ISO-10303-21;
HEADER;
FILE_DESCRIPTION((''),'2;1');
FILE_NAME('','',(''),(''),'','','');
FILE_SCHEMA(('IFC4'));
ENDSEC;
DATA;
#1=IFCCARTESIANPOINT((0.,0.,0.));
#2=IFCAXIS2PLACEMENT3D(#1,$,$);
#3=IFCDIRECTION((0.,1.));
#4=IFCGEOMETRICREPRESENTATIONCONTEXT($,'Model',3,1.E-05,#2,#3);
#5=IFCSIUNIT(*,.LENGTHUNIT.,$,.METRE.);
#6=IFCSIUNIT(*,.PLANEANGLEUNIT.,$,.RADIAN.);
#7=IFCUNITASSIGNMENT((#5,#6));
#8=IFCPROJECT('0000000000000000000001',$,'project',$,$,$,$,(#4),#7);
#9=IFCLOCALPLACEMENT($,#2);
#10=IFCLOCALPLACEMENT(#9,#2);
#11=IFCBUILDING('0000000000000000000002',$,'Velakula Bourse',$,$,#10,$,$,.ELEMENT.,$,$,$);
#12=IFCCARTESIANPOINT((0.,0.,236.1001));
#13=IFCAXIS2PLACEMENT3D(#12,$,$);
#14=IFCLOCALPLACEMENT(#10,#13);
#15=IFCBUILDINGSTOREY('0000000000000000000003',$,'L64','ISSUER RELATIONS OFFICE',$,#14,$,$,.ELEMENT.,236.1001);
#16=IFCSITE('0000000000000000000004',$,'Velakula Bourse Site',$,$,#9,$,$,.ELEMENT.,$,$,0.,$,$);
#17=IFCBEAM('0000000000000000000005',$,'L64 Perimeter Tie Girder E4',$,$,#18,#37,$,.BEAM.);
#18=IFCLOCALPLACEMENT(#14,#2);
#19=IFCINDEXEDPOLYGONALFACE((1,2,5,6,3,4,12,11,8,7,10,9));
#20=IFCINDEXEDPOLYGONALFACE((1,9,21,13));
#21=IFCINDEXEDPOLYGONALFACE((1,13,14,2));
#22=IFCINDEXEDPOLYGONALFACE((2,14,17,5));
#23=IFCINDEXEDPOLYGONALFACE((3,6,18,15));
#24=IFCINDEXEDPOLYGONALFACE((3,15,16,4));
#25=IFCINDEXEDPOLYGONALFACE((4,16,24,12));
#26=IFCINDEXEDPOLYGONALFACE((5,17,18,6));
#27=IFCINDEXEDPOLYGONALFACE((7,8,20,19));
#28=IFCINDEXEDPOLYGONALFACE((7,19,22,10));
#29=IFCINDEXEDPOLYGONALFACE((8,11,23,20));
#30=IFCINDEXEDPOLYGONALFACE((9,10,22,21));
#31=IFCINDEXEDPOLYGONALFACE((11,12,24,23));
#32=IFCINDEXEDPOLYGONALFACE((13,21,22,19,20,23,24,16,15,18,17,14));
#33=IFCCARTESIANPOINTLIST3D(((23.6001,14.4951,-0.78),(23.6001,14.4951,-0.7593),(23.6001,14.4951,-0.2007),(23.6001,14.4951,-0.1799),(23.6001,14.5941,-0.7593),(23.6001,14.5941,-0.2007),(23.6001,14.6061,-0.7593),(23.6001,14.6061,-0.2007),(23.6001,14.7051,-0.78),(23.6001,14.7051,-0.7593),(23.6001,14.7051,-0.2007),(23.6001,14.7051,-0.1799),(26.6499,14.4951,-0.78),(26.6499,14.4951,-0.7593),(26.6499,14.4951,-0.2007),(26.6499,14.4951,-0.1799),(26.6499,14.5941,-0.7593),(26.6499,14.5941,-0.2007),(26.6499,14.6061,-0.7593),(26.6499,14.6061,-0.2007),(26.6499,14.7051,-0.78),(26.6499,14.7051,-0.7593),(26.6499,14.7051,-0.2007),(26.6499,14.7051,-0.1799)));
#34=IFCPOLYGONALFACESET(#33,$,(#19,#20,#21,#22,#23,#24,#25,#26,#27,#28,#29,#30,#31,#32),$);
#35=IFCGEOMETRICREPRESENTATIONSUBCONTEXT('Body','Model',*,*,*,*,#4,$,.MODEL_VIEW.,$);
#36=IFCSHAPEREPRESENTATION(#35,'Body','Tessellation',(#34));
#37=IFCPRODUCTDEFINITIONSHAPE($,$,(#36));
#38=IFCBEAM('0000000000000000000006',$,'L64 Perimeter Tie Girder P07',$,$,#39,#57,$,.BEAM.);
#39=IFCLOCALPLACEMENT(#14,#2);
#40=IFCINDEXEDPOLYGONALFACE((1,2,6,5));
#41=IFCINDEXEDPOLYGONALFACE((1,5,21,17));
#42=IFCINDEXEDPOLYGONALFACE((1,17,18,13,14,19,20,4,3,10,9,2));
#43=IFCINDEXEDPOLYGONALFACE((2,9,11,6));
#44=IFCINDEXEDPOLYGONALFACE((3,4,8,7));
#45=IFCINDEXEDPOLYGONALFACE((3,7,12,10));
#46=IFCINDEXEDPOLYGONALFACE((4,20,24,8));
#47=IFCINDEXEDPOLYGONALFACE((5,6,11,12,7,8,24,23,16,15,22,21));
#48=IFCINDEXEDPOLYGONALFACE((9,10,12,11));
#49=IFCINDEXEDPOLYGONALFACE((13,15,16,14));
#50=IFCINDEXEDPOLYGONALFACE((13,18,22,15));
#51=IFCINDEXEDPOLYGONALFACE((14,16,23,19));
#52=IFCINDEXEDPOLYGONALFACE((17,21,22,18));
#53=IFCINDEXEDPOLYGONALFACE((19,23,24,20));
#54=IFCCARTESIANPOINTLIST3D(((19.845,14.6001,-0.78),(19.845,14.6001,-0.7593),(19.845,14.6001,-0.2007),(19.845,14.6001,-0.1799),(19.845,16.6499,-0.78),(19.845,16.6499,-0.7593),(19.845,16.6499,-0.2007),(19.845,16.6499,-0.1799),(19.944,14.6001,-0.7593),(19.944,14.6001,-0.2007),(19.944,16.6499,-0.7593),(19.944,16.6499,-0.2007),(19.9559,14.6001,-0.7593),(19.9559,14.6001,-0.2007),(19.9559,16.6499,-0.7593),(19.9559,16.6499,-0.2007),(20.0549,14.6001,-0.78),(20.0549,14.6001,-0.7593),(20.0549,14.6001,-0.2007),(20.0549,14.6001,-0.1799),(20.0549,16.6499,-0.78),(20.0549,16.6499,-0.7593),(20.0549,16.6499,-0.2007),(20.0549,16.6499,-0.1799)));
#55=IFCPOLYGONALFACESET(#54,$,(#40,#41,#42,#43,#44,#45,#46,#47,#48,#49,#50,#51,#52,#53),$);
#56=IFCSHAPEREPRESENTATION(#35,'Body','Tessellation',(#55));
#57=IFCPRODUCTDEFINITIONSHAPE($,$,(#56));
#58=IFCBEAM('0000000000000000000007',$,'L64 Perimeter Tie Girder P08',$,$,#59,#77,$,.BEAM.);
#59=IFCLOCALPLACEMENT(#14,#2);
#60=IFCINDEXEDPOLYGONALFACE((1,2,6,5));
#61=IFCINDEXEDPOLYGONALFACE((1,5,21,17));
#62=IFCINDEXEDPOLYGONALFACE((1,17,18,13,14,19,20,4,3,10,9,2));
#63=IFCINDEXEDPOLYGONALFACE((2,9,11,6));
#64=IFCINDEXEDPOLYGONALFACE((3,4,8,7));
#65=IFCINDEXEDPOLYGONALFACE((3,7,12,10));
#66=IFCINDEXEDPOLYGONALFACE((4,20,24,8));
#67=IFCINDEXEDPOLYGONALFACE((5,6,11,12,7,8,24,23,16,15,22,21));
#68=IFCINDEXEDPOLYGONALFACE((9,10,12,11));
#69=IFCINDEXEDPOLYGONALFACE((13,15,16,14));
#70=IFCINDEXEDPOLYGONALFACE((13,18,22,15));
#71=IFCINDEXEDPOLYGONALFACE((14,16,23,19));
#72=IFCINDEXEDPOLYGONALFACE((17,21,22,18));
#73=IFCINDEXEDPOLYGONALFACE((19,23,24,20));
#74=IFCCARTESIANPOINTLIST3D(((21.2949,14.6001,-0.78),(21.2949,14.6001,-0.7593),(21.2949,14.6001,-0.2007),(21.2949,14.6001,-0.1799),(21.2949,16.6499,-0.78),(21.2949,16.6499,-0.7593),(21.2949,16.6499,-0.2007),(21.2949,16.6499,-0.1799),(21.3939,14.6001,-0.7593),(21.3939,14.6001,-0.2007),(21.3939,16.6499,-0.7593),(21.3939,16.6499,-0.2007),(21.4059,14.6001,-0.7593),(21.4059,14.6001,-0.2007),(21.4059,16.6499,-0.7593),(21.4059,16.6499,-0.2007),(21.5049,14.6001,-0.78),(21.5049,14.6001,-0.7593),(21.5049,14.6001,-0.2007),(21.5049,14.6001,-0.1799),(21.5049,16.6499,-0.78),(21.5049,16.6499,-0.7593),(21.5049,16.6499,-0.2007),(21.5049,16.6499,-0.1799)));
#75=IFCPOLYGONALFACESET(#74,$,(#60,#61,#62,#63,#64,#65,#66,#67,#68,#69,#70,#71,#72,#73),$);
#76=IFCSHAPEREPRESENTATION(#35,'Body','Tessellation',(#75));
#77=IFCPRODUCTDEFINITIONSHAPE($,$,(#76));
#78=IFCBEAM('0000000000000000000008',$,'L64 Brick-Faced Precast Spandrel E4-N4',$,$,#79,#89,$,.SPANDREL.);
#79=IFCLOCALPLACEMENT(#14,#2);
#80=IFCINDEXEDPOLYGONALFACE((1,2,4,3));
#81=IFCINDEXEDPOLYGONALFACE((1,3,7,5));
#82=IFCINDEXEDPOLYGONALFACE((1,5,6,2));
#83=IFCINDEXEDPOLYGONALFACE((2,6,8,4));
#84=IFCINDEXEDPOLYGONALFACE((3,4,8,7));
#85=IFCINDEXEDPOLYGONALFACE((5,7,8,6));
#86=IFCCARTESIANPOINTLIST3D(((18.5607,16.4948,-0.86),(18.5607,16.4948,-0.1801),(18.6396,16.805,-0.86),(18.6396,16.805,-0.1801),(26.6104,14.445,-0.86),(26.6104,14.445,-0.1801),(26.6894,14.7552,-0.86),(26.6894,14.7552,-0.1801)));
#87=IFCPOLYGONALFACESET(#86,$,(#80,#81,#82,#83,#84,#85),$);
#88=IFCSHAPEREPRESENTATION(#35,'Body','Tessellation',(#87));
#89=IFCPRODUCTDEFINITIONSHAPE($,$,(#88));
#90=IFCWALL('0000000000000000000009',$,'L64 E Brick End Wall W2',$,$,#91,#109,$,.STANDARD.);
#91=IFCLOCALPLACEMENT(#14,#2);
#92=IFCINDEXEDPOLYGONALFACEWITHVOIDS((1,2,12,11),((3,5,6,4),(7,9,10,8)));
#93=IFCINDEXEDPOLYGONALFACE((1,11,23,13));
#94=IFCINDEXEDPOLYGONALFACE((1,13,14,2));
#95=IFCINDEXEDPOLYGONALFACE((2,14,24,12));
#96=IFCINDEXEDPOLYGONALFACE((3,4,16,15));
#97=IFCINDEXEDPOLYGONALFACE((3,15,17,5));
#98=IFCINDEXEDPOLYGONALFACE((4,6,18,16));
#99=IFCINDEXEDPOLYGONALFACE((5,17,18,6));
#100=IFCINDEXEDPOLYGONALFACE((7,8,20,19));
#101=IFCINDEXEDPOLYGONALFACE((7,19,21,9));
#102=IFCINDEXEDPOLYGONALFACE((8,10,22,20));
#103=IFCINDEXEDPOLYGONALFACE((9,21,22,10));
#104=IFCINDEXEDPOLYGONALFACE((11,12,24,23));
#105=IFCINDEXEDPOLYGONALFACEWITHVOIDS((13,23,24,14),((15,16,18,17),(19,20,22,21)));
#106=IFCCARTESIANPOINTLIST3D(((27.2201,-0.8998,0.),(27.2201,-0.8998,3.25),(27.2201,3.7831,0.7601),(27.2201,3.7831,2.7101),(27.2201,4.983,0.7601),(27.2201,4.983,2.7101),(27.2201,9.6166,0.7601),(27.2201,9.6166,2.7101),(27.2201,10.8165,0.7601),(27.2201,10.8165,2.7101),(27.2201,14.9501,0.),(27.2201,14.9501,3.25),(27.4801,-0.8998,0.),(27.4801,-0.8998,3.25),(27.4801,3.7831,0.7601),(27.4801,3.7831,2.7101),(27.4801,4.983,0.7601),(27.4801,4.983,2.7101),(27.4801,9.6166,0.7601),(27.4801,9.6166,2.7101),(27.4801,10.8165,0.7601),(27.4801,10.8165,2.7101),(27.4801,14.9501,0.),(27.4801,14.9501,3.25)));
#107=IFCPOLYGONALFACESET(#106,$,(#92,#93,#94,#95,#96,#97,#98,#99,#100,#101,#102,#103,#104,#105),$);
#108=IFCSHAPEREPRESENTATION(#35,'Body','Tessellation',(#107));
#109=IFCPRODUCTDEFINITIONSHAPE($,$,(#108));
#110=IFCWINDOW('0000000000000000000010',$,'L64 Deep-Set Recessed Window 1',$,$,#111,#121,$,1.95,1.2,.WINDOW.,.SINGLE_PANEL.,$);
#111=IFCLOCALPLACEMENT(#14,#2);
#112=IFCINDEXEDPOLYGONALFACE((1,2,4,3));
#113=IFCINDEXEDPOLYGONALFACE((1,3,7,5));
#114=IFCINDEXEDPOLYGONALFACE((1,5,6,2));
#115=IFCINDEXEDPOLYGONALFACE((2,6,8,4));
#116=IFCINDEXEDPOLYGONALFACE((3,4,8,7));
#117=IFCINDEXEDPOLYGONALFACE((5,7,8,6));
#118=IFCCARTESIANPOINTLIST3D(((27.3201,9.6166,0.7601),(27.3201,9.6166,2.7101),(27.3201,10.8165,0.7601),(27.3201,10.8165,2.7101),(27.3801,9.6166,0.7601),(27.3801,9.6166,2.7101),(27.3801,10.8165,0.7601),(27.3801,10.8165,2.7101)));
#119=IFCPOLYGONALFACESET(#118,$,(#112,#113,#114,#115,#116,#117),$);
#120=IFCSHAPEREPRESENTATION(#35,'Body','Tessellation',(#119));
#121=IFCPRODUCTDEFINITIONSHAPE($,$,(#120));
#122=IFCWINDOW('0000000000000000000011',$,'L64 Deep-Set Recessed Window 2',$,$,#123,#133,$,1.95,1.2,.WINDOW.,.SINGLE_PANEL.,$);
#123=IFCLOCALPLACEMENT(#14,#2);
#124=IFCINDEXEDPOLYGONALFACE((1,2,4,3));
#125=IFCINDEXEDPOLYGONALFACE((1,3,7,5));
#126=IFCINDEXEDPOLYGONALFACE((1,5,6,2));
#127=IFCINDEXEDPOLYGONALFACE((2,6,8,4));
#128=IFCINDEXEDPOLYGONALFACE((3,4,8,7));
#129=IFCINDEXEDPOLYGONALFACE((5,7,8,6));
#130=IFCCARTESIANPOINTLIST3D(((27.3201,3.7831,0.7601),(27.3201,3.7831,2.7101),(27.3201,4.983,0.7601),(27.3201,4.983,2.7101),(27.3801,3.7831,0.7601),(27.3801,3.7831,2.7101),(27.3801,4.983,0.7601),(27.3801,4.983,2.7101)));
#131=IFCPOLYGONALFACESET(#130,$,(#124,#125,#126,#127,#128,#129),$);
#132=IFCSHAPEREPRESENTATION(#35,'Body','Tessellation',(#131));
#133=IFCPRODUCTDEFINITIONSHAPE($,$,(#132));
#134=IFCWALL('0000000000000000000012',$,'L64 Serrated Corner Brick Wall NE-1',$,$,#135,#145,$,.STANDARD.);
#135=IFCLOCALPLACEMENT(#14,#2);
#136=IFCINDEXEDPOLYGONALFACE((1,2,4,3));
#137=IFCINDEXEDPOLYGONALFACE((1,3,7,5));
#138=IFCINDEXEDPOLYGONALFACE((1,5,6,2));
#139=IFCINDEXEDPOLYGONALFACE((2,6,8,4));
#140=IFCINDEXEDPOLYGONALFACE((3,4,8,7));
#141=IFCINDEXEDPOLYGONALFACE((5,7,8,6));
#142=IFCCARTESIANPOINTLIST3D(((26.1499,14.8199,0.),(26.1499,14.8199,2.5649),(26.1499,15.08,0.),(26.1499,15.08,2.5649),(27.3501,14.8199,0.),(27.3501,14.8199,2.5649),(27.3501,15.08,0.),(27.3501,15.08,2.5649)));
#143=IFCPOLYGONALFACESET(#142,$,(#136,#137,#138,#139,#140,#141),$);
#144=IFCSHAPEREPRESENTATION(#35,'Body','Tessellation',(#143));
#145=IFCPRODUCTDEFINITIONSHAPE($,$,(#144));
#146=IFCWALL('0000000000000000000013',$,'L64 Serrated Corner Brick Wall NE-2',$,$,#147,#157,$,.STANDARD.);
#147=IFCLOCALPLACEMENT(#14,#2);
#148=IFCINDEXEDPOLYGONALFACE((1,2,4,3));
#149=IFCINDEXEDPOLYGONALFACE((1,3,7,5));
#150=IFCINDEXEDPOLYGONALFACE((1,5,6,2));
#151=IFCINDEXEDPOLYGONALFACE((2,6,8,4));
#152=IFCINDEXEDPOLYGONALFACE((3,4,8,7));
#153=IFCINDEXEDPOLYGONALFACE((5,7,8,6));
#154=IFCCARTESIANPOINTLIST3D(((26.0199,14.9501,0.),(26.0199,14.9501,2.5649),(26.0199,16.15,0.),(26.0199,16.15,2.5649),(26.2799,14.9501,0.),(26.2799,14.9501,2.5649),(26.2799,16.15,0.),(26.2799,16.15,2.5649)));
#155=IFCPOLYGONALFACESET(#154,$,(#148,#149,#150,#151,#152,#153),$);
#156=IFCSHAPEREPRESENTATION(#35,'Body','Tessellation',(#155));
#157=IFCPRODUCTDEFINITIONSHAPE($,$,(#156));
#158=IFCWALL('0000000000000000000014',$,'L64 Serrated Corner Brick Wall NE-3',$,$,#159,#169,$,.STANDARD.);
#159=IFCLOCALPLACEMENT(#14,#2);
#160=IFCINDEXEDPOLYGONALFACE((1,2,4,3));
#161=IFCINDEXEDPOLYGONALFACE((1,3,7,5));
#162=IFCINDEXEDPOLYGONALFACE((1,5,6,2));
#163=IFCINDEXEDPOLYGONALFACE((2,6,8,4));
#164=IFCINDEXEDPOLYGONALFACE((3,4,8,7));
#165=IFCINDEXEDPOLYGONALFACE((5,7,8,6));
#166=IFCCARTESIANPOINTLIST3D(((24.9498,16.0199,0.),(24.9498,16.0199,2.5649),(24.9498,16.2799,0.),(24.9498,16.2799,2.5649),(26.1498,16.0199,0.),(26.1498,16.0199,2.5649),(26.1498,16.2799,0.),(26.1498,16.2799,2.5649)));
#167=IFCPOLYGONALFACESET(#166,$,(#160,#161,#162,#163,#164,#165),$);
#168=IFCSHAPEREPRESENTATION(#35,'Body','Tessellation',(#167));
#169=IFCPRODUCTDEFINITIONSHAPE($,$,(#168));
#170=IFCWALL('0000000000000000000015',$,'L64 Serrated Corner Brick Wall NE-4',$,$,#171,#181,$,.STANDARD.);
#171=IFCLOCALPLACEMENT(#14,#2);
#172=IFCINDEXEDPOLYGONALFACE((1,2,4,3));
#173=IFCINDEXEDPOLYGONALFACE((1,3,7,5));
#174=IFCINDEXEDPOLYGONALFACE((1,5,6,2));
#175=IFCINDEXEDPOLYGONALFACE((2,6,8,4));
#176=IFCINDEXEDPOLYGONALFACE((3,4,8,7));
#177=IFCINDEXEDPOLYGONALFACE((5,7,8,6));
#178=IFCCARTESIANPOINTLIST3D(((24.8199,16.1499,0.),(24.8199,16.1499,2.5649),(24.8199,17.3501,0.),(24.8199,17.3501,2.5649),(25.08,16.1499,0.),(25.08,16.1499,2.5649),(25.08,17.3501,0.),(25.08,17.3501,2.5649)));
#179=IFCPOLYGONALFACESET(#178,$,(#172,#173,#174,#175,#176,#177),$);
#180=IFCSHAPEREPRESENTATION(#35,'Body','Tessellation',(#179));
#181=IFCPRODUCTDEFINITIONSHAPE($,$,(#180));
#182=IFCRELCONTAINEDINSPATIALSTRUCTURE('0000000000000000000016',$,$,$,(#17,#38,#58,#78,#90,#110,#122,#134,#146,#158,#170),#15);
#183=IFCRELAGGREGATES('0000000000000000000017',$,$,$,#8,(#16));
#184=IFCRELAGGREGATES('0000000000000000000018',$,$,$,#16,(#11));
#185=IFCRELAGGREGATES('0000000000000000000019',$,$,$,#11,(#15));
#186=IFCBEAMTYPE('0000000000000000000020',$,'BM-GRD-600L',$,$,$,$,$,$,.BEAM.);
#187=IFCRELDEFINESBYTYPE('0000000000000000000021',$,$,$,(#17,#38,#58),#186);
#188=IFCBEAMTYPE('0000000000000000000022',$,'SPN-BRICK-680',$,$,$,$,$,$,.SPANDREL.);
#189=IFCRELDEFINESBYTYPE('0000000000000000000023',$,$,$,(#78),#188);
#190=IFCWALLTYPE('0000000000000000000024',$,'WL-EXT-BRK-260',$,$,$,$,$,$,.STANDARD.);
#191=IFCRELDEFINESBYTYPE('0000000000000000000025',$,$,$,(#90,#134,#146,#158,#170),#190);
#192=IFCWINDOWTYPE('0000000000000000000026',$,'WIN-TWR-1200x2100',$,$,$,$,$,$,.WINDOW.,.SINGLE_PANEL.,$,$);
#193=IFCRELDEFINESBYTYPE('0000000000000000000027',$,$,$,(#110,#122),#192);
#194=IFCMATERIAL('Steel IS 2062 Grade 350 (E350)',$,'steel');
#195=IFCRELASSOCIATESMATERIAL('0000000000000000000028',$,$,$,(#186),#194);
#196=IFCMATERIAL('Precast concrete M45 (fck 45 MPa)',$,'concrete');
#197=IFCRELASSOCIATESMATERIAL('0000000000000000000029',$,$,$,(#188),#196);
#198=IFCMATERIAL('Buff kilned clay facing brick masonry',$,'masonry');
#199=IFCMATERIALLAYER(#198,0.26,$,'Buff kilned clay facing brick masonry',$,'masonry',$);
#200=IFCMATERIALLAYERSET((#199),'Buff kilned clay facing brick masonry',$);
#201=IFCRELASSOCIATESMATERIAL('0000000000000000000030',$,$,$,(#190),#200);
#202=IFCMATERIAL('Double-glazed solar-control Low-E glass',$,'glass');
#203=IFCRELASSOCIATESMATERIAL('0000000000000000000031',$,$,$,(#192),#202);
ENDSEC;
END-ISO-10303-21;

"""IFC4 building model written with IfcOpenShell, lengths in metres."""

from ifc_helpers import new_model, si_unit, direction, frame, frame_2d, origin, origin_2d, place, context, subcontext, project, spatial, rectangle, i_section, extrude, material, layer, layer_set, material_profile, profile_set, type_object, element, fill, save


model = new_model("IFC4")

# Units and contexts
model_context = context("Model", 3, precision=1e-05, world=origin(), true_north=direction((0.0, 1.0)))
body_context = subcontext(model_context, "Body", "Model", "MODEL_VIEW")
ifc_project = project(units=[si_unit("LENGTHUNIT", "METRE"), si_unit("PLANEANGLEUNIT", "RADIAN")], contexts=[model_context])

# Site, building, storey
site_placement = place(None, origin())
site = spatial("IfcSite", under=ifc_project, at=site_placement, Name="Velakula Bourse Site", CompositionType="ELEMENT", RefElevation=0.0)
building_placement = place(site_placement, origin())
building = spatial("IfcBuilding", under=site, at=building_placement, Name="Velakula Bourse", CompositionType="ELEMENT")
storey_placement = place(building_placement, frame((0.0, 0.0, 236.1001)))
storey = spatial("IfcBuildingStorey", under=building, at=storey_placement, Name="L64", Description="ISSUER RELATIONS OFFICE", CompositionType="ELEMENT", Elevation=236.1001)

# Shared definitions
ifc_material_1 = material(Name="Steel IS 2062 Grade 350 (E350)", Category="steel")
ifc_material_2 = material(Name="Precast concrete M45 (fck 45 MPa)", Category="concrete")

# Beams
ifc_material_profile_1 = material_profile(ifc_material_1, i_section(OverallWidth=0.21, OverallDepth=0.6001, WebThickness=0.012, FlangeThickness=0.0208, at=origin_2d()), Name="Steel IS 2062 Grade 350 (E350)")
ifc_profile_set_1 = profile_set([ifc_material_profile_1], Name="Steel IS 2062 Grade 350 (E350)")
beam_type_1 = type_object("IfcBeamType", Name="BM-GRD-600L", PredefinedType="BEAM", material=ifc_profile_set_1)
beam_1_placement = place(storey_placement, frame((23.6001, 14.6001, -0.48), z_axis=(1.0, 0.0, 0.0), x_axis=(0.0, 1.0, 0.0)))
element("IfcBeam", 1, at=beam_1_placement, inside=storey, type_object=beam_type_1, Name="L64 Perimeter Tie Girder E4", PredefinedType="BEAM", context=body_context, shape_type="SweptSolid", body=[
    extrude(i_section(OverallWidth=0.21, OverallDepth=0.6001, WebThickness=0.012, FlangeThickness=0.0208, at=origin_2d()), origin(), (0.0, 0.0, 1.0), 3.0498),
])
for number, where, z_axis, x_axis, name in (
    (2, (19.95, 14.6001, -0.48), (0.0, 1.0, 0.0), (-1.0, 0.0, 0.0), "L64 Perimeter Tie Girder P07"),
    (3, (21.3999, 14.6001, -0.48), (0.0, 1.0, 0.0), (-1.0, 0.0, 0.0), "L64 Perimeter Tie Girder P08"),
):
    element("IfcBeam", number, at=place(storey_placement, frame(where, z_axis=z_axis, x_axis=x_axis)), inside=storey, type_object=beam_type_1, Name=name, PredefinedType="BEAM", context=body_context, shape_type="SweptSolid", body=[
        extrude(i_section(OverallWidth=0.21, OverallDepth=0.6001, WebThickness=0.012, FlangeThickness=0.0208, at=origin_2d()), origin(), (0.0, 0.0, 1.0), 2.0498),
    ])
ifc_material_profile_2 = material_profile(ifc_material_2, rectangle(XDim=0.3201, YDim=0.6799, at=origin_2d()), Name="Precast concrete M45 (fck 45 MPa)")
ifc_profile_set_2 = profile_set([ifc_material_profile_2], Name="Precast concrete M45 (fck 45 MPa)")
beam_type_2 = type_object("IfcBeamType", Name="SPN-BRICK-680", PredefinedType="SPANDREL", material=ifc_profile_set_2)
beam_2_placement = place(storey_placement, frame((26.6499, 14.6001, -0.52), z_axis=(-0.969075, 0.246766, 0.0), x_axis=(-0.246766, -0.969075, 0.0)))
element("IfcBeam", 4, at=beam_2_placement, inside=storey, type_object=beam_type_2, Name="L64 Brick-Faced Precast Spandrel E4-N4", PredefinedType="SPANDREL", context=body_context, shape_type="SweptSolid", body=[
    extrude(rectangle(XDim=0.3201, YDim=0.6799, at=origin_2d()), origin(), (0.0, 0.0, 1.0), 8.3066),
])

# Wall, openings, windows
ifc_material_3 = material(Name="Buff kilned clay facing brick masonry", Category="masonry")
ifc_layer_1 = layer(ifc_material_3, 0.26, Name="Buff kilned clay facing brick masonry", Category="masonry")
ifc_layer_set_1 = layer_set([ifc_layer_1], Name="Buff kilned clay facing brick masonry")
wall_type_1 = type_object("IfcWallType", Name="WL-EXT-BRK-260", PredefinedType="STANDARD", material=ifc_layer_set_1)
wall_1_placement = place(storey_placement, frame((27.3501, 14.95, 0.0), z_axis=(0.0, 0.0, 1.0), x_axis=(0.0, -1.0, 0.0)))
wall_1 = element("IfcWall", 5, at=wall_1_placement, inside=storey, type_object=wall_type_1, Name="L64 E Brick End Wall W2", PredefinedType="STANDARD", context=body_context, shape_type="SweptSolid", body=[
    extrude(rectangle(XDim=15.8499, YDim=0.26, at=frame_2d((7.9248, 0.0))), origin(), (0.0, 0.0, 1.0), 3.25),
])
opening_1_placement = place(wall_1_placement, frame((4.1333, 0.0, 0.76)))
opening_1 = element("IfcOpeningElement", 6, at=opening_1_placement, cuts=wall_1, PredefinedType="OPENING", context=body_context, shape_type="SweptSolid", body=[
    extrude(rectangle(XDim=1.2, YDim=1.95, at=frame_2d((0.6001, 0.9751))), frame((0.0, 0.1399, 0.0), z_axis=(0.0, -1.0, 0.0), x_axis=(1.0, 0.0, 0.0)), (0.0, 0.0, 1.0), 0.28),
])
opening_2_placement = place(wall_1_placement, frame((9.9668, 0.0, 0.76)))
opening_2 = element("IfcOpeningElement", 7, at=opening_2_placement, cuts=wall_1, PredefinedType="OPENING", context=body_context, shape_type="SweptSolid", body=[
    extrude(rectangle(XDim=1.2, YDim=1.95, at=frame_2d((0.6001, 0.9751))), frame((0.0, 0.1399, 0.0), z_axis=(0.0, -1.0, 0.0), x_axis=(1.0, 0.0, 0.0)), (0.0, 0.0, 1.0), 0.28),
])
ifc_material_4 = material(Name="Double-glazed solar-control Low-E glass", Category="glass")
window_type = type_object("IfcWindowType", Name="WIN-TWR-1200x2100", PartitioningType="SINGLE_PANEL", PredefinedType="WINDOW", material=ifc_material_4)
window_1_placement = place(opening_1_placement, origin())
window_1 = element("IfcWindow", 8, at=window_1_placement, inside=storey, type_object=window_type, Name="L64 Deep-Set Recessed Window 1", OverallHeight=1.95, OverallWidth=1.2, PartitioningType="SINGLE_PANEL", PredefinedType="WINDOW", context=body_context, shape_type="SweptSolid", body=[
    extrude(rectangle(XDim=1.2, YDim=1.95, at=frame_2d((0.6001, 0.9751))), frame((0.0, 0.03, 0.0), z_axis=(0.0, -1.0, 0.0), x_axis=(1.0, 0.0, 0.0)), (0.0, 0.0, 1.0), 0.0601),
])
fill(opening_1, window_1)
window_2_placement = place(opening_2_placement, origin())
window_2 = element("IfcWindow", 9, at=window_2_placement, inside=storey, type_object=window_type, Name="L64 Deep-Set Recessed Window 2", OverallHeight=1.95, OverallWidth=1.2, PartitioningType="SINGLE_PANEL", PredefinedType="WINDOW", context=body_context, shape_type="SweptSolid", body=[
    extrude(rectangle(XDim=1.2, YDim=1.95, at=frame_2d((0.6001, 0.9751))), frame((0.0, 0.03, 0.0), z_axis=(0.0, -1.0, 0.0), x_axis=(1.0, 0.0, 0.0)), (0.0, 0.0, 1.0), 0.0601),
])
fill(opening_2, window_2)

# Walls
wall_2_placement = place(storey_placement, frame((27.3501, 14.95, 0.0), z_axis=(0.0, 0.0, 1.0), x_axis=(-1.0, 0.0, 0.0)))
element("IfcWall", 10, at=wall_2_placement, inside=storey, type_object=wall_type_1, Name="L64 Serrated Corner Brick Wall NE-1", PredefinedType="STANDARD", context=body_context, shape_type="SweptSolid", body=[
    extrude(rectangle(XDim=1.2002, YDim=0.26, at=frame_2d((0.6001, 0.0))), origin(), (0.0, 0.0, 1.0), 2.5649),
])
for number, where, z_axis, x_axis, name in (
    (11, (26.1499, 14.95, 0.0), (0.0, 0.0, 1.0), (0.0, 1.0, 0.0), "L64 Serrated Corner Brick Wall NE-2"),
    (12, (26.1499, 16.1499, 0.0), (0.0, 0.0, 1.0), (-1.0, 0.0, 0.0), "L64 Serrated Corner Brick Wall NE-3"),
):
    element("IfcWall", number, at=place(storey_placement, frame(where, z_axis=z_axis, x_axis=x_axis)), inside=storey, type_object=wall_type_1, Name=name, PredefinedType="STANDARD", context=body_context, shape_type="SweptSolid", body=[
        extrude(rectangle(XDim=1.2, YDim=0.26, at=frame_2d((0.6001, 0.0))), origin(), (0.0, 0.0, 1.0), 2.5649),
    ])
wall_3_placement = place(storey_placement, frame((24.95, 16.1499, 0.0), z_axis=(0.0, 0.0, 1.0), x_axis=(0.0, 1.0, 0.0)))
element("IfcWall", 13, at=wall_3_placement, inside=storey, type_object=wall_type_1, Name="L64 Serrated Corner Brick Wall NE-4", PredefinedType="STANDARD", context=body_context, shape_type="SweptSolid", body=[
    extrude(rectangle(XDim=1.2002, YDim=0.26, at=frame_2d((0.6001, 0.0))), origin(), (0.0, 0.0, 1.0), 2.5649),
])

save(model, "model.ifc")
